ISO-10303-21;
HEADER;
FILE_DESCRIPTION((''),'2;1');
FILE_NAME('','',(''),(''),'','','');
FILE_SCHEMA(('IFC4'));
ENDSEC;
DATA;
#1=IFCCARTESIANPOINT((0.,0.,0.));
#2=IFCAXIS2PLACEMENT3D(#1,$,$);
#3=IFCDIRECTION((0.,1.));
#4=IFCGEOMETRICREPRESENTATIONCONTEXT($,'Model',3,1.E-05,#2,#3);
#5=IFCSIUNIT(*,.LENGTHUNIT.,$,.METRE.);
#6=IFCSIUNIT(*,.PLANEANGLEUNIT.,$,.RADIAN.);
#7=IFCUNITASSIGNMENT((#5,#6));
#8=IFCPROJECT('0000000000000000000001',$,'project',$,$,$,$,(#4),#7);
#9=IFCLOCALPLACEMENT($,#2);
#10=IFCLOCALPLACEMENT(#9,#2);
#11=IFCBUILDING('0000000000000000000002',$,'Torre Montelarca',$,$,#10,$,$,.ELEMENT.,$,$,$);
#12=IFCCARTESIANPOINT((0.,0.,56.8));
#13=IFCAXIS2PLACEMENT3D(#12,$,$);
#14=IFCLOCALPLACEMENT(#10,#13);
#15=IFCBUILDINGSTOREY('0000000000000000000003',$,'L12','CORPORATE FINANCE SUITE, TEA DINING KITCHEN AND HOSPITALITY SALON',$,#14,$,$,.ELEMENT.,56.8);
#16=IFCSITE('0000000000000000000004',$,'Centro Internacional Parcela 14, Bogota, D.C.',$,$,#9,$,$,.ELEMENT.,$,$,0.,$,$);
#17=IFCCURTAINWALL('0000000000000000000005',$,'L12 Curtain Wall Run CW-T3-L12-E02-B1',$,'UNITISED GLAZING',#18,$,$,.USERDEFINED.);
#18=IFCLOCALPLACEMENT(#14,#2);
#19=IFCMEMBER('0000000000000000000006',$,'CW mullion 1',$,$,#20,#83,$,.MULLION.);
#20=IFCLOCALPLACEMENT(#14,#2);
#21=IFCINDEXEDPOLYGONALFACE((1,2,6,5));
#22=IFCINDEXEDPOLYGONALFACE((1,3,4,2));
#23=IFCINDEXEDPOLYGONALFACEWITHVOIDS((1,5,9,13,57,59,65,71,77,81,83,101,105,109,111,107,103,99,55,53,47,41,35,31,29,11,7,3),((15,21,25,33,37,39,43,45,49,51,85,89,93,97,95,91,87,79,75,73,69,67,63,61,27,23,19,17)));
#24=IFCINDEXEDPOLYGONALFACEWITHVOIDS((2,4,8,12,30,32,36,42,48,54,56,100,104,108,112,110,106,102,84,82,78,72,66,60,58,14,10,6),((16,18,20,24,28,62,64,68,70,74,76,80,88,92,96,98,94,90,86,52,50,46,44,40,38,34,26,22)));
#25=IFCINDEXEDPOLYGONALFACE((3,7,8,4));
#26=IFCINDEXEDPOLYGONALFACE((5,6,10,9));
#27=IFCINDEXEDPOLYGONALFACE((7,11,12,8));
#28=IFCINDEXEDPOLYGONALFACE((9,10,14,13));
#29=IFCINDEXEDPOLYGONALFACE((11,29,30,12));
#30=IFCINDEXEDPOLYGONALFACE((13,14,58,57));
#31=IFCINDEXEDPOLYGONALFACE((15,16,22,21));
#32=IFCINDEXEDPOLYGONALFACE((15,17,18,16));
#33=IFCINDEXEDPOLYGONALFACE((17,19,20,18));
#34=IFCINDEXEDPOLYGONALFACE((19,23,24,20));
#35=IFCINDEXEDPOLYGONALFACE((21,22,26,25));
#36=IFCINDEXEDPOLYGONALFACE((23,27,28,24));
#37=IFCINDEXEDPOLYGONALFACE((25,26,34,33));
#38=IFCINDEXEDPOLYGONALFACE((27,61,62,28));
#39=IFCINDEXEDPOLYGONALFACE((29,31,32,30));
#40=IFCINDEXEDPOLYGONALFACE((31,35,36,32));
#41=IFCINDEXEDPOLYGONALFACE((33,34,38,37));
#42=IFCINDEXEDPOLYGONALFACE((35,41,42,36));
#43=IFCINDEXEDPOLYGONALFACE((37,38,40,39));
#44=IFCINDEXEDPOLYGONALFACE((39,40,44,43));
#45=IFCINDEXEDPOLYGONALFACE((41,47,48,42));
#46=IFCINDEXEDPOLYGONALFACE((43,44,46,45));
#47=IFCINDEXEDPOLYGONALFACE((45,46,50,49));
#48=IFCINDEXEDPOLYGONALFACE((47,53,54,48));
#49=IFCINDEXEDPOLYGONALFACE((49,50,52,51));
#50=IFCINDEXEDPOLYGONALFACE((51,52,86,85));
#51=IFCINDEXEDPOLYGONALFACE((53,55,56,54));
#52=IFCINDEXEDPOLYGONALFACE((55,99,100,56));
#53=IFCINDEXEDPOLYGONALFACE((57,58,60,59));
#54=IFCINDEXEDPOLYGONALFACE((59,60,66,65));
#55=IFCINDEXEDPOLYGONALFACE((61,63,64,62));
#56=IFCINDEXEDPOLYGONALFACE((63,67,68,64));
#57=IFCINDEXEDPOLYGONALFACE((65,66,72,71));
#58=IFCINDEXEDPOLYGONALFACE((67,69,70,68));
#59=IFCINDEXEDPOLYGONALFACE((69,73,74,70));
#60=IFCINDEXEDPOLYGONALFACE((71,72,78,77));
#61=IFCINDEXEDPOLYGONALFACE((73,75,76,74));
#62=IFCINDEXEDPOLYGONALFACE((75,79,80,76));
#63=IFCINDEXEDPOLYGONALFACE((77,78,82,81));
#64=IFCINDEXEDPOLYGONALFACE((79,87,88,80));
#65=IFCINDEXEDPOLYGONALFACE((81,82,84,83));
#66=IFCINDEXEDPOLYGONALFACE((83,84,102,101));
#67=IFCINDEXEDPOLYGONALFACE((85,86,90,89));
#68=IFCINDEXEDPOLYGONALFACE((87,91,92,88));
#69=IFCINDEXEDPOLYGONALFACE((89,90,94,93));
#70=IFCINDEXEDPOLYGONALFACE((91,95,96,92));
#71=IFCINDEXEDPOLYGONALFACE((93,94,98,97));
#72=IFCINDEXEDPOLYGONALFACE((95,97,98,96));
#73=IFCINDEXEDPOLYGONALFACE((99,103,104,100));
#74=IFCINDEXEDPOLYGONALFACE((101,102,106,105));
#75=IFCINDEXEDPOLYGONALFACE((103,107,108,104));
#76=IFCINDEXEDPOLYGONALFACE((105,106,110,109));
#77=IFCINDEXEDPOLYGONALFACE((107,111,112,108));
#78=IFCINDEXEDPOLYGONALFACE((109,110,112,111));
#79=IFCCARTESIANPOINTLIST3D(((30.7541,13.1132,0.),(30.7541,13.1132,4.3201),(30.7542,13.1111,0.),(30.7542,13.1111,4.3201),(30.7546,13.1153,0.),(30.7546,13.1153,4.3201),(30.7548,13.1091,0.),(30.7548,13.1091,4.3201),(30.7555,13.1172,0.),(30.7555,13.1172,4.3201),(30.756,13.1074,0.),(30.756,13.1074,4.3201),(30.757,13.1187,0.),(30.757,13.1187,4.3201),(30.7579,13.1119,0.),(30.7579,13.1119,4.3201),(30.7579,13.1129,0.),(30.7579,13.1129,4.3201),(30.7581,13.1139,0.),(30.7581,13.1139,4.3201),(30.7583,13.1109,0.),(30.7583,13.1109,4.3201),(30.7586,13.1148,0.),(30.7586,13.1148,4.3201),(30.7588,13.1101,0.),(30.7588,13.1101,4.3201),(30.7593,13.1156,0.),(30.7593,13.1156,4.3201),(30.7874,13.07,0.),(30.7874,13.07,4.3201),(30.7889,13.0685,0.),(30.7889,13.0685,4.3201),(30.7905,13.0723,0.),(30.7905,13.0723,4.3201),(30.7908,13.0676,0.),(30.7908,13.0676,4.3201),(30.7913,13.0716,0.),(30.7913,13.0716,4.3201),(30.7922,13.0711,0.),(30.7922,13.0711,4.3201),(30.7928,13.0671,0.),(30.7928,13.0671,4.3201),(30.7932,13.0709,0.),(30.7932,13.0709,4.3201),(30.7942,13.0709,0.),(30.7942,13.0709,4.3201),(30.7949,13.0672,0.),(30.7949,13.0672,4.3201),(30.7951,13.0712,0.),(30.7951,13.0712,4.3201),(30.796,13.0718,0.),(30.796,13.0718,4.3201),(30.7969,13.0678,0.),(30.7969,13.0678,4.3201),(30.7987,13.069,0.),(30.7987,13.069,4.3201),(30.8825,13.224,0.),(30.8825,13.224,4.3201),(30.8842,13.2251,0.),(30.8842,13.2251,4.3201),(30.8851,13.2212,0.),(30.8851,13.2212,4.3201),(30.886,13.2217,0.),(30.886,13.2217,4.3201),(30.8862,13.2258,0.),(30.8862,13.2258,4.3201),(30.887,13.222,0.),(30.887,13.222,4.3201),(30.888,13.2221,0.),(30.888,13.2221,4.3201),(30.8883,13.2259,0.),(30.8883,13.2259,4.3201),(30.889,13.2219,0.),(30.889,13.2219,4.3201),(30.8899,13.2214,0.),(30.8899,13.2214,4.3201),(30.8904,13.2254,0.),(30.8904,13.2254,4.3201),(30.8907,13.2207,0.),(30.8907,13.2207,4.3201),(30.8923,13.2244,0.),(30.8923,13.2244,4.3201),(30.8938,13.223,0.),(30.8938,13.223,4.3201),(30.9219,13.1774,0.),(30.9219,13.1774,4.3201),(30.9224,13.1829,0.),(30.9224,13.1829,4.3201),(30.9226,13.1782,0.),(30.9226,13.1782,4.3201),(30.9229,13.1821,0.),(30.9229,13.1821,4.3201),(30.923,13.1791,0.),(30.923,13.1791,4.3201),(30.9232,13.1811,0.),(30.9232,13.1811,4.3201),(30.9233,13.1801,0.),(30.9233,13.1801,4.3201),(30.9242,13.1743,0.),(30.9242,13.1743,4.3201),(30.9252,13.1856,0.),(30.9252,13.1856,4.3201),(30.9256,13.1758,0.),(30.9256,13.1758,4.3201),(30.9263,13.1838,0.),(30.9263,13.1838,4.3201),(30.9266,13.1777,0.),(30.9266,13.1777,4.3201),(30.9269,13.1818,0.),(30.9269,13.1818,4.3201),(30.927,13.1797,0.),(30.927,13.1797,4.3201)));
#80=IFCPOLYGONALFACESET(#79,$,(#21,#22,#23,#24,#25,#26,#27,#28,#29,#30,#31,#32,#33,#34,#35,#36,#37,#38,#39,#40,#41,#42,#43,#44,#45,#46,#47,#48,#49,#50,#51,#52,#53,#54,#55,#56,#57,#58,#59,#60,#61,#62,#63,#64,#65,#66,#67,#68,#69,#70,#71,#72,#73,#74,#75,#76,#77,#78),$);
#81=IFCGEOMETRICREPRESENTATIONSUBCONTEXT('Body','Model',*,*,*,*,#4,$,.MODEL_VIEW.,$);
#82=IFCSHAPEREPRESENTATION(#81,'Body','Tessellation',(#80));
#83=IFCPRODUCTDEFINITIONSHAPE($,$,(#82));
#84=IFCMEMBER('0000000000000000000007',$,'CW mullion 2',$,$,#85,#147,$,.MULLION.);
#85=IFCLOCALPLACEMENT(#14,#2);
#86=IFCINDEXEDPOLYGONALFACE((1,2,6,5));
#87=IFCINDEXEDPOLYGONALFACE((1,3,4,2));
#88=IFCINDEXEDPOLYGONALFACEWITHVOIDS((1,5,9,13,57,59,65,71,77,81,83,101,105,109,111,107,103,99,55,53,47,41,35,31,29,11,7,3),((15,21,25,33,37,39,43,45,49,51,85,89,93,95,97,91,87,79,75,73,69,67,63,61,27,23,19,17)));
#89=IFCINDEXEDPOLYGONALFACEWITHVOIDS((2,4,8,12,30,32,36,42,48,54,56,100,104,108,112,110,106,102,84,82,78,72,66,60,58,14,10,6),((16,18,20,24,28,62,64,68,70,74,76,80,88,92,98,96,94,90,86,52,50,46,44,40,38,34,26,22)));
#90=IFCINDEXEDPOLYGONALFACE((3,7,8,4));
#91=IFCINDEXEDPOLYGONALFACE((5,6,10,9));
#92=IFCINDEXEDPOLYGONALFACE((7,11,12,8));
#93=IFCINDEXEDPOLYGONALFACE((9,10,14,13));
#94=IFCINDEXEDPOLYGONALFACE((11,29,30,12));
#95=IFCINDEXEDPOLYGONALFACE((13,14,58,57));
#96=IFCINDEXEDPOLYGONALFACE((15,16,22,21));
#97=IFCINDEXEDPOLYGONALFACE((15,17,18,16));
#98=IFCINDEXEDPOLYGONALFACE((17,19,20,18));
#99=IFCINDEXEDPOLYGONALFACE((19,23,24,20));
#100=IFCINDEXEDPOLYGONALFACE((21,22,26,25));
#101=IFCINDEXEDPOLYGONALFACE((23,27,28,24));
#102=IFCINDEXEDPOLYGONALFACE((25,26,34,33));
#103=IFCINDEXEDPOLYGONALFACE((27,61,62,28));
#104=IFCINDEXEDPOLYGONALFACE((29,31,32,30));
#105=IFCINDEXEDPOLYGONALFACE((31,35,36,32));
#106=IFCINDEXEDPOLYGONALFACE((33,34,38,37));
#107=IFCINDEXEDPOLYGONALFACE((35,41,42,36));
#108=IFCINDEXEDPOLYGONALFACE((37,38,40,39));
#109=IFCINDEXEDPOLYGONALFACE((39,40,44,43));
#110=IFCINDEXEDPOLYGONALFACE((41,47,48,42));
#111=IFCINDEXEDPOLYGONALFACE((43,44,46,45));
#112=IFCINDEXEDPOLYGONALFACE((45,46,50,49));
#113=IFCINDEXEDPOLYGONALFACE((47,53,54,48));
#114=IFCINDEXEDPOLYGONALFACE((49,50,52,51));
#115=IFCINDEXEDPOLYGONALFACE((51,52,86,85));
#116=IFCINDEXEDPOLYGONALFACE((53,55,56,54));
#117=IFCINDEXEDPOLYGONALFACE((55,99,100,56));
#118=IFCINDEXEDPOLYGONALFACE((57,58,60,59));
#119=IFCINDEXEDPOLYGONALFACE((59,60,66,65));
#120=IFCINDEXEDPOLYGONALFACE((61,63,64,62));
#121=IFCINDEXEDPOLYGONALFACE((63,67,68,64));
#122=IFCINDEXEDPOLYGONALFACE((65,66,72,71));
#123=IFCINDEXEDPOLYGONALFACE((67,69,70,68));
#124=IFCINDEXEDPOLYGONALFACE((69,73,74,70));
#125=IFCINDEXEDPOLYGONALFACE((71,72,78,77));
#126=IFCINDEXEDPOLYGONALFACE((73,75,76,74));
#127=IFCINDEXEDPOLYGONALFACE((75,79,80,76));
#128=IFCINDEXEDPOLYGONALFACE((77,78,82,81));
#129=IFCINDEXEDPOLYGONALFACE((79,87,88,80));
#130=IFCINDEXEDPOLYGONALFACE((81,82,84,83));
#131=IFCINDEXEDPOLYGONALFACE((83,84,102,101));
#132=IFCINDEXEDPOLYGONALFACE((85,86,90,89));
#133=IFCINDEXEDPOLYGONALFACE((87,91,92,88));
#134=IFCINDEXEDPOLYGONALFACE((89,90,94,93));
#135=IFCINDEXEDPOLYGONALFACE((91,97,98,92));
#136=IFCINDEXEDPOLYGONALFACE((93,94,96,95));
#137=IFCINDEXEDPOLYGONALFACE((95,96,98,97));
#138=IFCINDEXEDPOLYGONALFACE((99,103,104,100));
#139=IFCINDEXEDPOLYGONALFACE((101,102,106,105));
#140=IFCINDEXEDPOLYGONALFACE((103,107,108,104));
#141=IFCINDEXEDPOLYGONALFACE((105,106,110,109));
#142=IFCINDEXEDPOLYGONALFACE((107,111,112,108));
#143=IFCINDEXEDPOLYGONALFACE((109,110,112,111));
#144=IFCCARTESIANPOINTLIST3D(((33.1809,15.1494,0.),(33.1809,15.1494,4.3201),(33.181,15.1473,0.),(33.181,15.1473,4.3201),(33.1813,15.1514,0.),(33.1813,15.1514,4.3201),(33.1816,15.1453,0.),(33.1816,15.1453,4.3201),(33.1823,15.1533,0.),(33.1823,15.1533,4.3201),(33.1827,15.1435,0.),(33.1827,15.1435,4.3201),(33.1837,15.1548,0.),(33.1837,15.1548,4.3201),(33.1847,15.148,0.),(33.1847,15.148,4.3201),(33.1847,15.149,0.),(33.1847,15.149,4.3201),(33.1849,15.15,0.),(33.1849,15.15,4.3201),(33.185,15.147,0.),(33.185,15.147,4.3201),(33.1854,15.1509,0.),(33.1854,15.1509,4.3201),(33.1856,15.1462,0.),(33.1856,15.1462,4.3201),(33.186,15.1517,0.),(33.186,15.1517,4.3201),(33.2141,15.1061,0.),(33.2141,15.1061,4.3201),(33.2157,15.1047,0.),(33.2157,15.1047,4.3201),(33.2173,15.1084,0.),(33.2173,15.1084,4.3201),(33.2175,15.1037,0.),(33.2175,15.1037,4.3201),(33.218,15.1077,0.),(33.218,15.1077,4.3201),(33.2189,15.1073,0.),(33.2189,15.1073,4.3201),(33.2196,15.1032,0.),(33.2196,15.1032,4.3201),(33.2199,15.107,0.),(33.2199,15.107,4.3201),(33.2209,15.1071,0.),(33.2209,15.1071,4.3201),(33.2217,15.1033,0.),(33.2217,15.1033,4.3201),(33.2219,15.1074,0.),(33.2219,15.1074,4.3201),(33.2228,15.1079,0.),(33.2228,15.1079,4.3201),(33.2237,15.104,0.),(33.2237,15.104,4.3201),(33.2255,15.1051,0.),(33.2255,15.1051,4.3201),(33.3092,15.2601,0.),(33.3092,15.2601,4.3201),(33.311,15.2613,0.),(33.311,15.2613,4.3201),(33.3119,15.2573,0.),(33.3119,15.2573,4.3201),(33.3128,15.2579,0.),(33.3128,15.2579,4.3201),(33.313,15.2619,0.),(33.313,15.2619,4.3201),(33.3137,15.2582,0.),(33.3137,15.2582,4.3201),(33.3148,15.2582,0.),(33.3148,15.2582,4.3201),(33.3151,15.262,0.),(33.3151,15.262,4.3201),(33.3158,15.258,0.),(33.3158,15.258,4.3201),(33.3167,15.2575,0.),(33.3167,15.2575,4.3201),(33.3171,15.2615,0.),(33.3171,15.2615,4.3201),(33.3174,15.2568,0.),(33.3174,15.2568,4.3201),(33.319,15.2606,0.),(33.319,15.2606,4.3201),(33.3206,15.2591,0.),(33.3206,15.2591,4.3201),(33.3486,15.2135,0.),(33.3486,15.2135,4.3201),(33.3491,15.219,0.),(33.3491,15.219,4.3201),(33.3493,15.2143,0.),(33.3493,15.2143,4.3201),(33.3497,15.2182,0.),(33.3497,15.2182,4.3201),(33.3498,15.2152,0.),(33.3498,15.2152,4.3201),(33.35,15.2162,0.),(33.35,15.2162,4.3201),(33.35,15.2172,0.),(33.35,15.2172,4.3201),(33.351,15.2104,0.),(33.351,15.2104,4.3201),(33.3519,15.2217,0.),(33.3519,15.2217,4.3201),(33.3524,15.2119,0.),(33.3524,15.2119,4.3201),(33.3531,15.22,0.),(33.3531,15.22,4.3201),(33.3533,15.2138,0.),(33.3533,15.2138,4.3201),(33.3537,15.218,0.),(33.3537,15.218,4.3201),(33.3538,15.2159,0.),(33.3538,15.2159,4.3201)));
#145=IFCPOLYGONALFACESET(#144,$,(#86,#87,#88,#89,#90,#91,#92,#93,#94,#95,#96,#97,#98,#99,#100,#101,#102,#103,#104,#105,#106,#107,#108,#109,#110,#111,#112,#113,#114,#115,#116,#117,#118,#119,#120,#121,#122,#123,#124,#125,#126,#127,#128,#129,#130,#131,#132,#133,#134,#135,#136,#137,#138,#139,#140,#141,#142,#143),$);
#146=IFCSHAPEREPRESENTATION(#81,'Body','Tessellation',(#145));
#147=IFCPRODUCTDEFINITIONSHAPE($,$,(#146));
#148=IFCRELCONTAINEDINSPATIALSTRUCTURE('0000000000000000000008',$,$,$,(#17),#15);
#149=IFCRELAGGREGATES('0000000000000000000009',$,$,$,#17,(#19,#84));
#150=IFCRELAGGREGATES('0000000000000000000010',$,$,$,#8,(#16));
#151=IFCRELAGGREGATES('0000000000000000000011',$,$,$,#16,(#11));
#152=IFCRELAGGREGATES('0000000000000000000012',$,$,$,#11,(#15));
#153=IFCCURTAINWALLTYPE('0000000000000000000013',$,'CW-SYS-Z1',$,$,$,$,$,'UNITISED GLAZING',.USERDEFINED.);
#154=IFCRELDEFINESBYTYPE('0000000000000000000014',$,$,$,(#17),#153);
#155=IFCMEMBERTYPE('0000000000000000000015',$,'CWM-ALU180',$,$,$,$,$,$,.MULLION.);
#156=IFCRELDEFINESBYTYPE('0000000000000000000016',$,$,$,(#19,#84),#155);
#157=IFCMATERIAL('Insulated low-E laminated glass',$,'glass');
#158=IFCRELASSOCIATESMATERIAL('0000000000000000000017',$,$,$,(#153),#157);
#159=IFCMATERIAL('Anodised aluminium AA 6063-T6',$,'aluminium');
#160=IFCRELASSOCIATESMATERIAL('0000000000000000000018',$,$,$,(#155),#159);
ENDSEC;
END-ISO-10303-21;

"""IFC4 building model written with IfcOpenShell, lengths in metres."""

from ifc_helpers import new_model, si_unit, direction, frame, origin, origin_2d, place, context, subcontext, project, spatial, hollow_rectangle, extrude, source, transform, mapped, material, material_profile, profile_set, type_object, element, aggregate, save


model = new_model("IFC4")

# Units and contexts
model_context = context("Model", 3, precision=1e-05, world=origin(), true_north=direction((0.0, 1.0)))
body_context = subcontext(model_context, "Body", "Model", "MODEL_VIEW")
ifc_project = project(units=[si_unit("LENGTHUNIT", "METRE"), si_unit("PLANEANGLEUNIT", "RADIAN")], contexts=[model_context])

# Site, building, storey
site_placement = place(None, origin())
site = spatial("IfcSite", under=ifc_project, at=site_placement, Name="Centro Internacional Parcela 14, Bogota, D.C.", CompositionType="ELEMENT", RefElevation=0.0)
building_placement = place(site_placement, origin())
building = spatial("IfcBuilding", under=site, at=building_placement, Name="Torre Montelarca", CompositionType="ELEMENT")
storey_placement = place(building_placement, frame((0.0, 0.0, 56.8)))
storey = spatial("IfcBuildingStorey", under=building, at=storey_placement, Name="L12", Description="CORPORATE FINANCE SUITE, TEA DINING KITCHEN AND HOSPITALITY SALON", CompositionType="ELEMENT", Elevation=56.8)

# Shared definitions
ifc_material_1 = material(Name="Insulated low-E laminated glass", Category="glass")
curtain_wall_type = type_object("IfcCurtainWallType", Name="CW-SYS-Z1", ElementType="UNITISED GLAZING", PredefinedType="USERDEFINED", material=ifc_material_1)
ifc_material_2 = material(Name="Anodised aluminium AA 6063-T6", Category="aluminium")
ifc_material_profile_1 = material_profile(ifc_material_2, hollow_rectangle(XDim=0.0649, YDim=0.1799, WallThickness=0.0039, InnerFilletRadius=0.0039, OuterFilletRadius=0.0081, at=origin_2d()), Name="ALU65X180X4", Category="aluminium")
ifc_profile_set_1 = profile_set([ifc_material_profile_1], Name="Anodised aluminium AA 6063-T6")
member_type_1 = type_object("IfcMemberType", Name="CWM-ALU180", PredefinedType="MULLION", material=ifc_profile_set_1)
shared_shape_1 = source(origin(), body_context, "Body", "SweptSolid", [
    extrude(hollow_rectangle(XDim=0.0649, YDim=0.1799, WallThickness=0.0039, InnerFilletRadius=0.0039, OuterFilletRadius=0.0081, at=origin_2d()), origin(), (0.0, 0.0, 1.0), 4.3201),
])

# Curtain wall, members
curtain_wall_1_placement = place(storey_placement, origin())
curtain_wall_1 = element("IfcCurtainWall", 1, at=curtain_wall_1_placement, inside=storey, type_object=curtain_wall_type, Name="L12 Curtain Wall Run CW-T3-L12-E02-B1", ObjectType="UNITISED GLAZING", PredefinedType="USERDEFINED")
member_1_placement = place(storey_placement, frame((30.8406, 13.1465, 0.0), z_axis=(0.0, 0.0, 1.0), x_axis=(-0.642778, 0.766053, 0.0)))
member_1 = element("IfcMember", 2, at=member_1_placement, type_object=member_type_1, Name="CW mullion 1", PredefinedType="MULLION", context=body_context, shape_type="MappedRepresentation", body=[
    mapped(shared_shape_1, transform((0.0, 0.0, 0.0), scale=1.0)),
])
member_2_placement = place(storey_placement, frame((33.2673, 15.1826, 0.0), z_axis=(0.0, 0.0, 1.0), x_axis=(-0.642778, 0.766053, 0.0)))
member_2 = element("IfcMember", 3, at=member_2_placement, type_object=member_type_1, Name="CW mullion 2", PredefinedType="MULLION", context=body_context, shape_type="MappedRepresentation", body=[
    mapped(shared_shape_1, transform((0.0, 0.0, 0.0), scale=1.0)),
])

aggregate(curtain_wall_1, [member_1, member_2])

save(model, "model.ifc")
